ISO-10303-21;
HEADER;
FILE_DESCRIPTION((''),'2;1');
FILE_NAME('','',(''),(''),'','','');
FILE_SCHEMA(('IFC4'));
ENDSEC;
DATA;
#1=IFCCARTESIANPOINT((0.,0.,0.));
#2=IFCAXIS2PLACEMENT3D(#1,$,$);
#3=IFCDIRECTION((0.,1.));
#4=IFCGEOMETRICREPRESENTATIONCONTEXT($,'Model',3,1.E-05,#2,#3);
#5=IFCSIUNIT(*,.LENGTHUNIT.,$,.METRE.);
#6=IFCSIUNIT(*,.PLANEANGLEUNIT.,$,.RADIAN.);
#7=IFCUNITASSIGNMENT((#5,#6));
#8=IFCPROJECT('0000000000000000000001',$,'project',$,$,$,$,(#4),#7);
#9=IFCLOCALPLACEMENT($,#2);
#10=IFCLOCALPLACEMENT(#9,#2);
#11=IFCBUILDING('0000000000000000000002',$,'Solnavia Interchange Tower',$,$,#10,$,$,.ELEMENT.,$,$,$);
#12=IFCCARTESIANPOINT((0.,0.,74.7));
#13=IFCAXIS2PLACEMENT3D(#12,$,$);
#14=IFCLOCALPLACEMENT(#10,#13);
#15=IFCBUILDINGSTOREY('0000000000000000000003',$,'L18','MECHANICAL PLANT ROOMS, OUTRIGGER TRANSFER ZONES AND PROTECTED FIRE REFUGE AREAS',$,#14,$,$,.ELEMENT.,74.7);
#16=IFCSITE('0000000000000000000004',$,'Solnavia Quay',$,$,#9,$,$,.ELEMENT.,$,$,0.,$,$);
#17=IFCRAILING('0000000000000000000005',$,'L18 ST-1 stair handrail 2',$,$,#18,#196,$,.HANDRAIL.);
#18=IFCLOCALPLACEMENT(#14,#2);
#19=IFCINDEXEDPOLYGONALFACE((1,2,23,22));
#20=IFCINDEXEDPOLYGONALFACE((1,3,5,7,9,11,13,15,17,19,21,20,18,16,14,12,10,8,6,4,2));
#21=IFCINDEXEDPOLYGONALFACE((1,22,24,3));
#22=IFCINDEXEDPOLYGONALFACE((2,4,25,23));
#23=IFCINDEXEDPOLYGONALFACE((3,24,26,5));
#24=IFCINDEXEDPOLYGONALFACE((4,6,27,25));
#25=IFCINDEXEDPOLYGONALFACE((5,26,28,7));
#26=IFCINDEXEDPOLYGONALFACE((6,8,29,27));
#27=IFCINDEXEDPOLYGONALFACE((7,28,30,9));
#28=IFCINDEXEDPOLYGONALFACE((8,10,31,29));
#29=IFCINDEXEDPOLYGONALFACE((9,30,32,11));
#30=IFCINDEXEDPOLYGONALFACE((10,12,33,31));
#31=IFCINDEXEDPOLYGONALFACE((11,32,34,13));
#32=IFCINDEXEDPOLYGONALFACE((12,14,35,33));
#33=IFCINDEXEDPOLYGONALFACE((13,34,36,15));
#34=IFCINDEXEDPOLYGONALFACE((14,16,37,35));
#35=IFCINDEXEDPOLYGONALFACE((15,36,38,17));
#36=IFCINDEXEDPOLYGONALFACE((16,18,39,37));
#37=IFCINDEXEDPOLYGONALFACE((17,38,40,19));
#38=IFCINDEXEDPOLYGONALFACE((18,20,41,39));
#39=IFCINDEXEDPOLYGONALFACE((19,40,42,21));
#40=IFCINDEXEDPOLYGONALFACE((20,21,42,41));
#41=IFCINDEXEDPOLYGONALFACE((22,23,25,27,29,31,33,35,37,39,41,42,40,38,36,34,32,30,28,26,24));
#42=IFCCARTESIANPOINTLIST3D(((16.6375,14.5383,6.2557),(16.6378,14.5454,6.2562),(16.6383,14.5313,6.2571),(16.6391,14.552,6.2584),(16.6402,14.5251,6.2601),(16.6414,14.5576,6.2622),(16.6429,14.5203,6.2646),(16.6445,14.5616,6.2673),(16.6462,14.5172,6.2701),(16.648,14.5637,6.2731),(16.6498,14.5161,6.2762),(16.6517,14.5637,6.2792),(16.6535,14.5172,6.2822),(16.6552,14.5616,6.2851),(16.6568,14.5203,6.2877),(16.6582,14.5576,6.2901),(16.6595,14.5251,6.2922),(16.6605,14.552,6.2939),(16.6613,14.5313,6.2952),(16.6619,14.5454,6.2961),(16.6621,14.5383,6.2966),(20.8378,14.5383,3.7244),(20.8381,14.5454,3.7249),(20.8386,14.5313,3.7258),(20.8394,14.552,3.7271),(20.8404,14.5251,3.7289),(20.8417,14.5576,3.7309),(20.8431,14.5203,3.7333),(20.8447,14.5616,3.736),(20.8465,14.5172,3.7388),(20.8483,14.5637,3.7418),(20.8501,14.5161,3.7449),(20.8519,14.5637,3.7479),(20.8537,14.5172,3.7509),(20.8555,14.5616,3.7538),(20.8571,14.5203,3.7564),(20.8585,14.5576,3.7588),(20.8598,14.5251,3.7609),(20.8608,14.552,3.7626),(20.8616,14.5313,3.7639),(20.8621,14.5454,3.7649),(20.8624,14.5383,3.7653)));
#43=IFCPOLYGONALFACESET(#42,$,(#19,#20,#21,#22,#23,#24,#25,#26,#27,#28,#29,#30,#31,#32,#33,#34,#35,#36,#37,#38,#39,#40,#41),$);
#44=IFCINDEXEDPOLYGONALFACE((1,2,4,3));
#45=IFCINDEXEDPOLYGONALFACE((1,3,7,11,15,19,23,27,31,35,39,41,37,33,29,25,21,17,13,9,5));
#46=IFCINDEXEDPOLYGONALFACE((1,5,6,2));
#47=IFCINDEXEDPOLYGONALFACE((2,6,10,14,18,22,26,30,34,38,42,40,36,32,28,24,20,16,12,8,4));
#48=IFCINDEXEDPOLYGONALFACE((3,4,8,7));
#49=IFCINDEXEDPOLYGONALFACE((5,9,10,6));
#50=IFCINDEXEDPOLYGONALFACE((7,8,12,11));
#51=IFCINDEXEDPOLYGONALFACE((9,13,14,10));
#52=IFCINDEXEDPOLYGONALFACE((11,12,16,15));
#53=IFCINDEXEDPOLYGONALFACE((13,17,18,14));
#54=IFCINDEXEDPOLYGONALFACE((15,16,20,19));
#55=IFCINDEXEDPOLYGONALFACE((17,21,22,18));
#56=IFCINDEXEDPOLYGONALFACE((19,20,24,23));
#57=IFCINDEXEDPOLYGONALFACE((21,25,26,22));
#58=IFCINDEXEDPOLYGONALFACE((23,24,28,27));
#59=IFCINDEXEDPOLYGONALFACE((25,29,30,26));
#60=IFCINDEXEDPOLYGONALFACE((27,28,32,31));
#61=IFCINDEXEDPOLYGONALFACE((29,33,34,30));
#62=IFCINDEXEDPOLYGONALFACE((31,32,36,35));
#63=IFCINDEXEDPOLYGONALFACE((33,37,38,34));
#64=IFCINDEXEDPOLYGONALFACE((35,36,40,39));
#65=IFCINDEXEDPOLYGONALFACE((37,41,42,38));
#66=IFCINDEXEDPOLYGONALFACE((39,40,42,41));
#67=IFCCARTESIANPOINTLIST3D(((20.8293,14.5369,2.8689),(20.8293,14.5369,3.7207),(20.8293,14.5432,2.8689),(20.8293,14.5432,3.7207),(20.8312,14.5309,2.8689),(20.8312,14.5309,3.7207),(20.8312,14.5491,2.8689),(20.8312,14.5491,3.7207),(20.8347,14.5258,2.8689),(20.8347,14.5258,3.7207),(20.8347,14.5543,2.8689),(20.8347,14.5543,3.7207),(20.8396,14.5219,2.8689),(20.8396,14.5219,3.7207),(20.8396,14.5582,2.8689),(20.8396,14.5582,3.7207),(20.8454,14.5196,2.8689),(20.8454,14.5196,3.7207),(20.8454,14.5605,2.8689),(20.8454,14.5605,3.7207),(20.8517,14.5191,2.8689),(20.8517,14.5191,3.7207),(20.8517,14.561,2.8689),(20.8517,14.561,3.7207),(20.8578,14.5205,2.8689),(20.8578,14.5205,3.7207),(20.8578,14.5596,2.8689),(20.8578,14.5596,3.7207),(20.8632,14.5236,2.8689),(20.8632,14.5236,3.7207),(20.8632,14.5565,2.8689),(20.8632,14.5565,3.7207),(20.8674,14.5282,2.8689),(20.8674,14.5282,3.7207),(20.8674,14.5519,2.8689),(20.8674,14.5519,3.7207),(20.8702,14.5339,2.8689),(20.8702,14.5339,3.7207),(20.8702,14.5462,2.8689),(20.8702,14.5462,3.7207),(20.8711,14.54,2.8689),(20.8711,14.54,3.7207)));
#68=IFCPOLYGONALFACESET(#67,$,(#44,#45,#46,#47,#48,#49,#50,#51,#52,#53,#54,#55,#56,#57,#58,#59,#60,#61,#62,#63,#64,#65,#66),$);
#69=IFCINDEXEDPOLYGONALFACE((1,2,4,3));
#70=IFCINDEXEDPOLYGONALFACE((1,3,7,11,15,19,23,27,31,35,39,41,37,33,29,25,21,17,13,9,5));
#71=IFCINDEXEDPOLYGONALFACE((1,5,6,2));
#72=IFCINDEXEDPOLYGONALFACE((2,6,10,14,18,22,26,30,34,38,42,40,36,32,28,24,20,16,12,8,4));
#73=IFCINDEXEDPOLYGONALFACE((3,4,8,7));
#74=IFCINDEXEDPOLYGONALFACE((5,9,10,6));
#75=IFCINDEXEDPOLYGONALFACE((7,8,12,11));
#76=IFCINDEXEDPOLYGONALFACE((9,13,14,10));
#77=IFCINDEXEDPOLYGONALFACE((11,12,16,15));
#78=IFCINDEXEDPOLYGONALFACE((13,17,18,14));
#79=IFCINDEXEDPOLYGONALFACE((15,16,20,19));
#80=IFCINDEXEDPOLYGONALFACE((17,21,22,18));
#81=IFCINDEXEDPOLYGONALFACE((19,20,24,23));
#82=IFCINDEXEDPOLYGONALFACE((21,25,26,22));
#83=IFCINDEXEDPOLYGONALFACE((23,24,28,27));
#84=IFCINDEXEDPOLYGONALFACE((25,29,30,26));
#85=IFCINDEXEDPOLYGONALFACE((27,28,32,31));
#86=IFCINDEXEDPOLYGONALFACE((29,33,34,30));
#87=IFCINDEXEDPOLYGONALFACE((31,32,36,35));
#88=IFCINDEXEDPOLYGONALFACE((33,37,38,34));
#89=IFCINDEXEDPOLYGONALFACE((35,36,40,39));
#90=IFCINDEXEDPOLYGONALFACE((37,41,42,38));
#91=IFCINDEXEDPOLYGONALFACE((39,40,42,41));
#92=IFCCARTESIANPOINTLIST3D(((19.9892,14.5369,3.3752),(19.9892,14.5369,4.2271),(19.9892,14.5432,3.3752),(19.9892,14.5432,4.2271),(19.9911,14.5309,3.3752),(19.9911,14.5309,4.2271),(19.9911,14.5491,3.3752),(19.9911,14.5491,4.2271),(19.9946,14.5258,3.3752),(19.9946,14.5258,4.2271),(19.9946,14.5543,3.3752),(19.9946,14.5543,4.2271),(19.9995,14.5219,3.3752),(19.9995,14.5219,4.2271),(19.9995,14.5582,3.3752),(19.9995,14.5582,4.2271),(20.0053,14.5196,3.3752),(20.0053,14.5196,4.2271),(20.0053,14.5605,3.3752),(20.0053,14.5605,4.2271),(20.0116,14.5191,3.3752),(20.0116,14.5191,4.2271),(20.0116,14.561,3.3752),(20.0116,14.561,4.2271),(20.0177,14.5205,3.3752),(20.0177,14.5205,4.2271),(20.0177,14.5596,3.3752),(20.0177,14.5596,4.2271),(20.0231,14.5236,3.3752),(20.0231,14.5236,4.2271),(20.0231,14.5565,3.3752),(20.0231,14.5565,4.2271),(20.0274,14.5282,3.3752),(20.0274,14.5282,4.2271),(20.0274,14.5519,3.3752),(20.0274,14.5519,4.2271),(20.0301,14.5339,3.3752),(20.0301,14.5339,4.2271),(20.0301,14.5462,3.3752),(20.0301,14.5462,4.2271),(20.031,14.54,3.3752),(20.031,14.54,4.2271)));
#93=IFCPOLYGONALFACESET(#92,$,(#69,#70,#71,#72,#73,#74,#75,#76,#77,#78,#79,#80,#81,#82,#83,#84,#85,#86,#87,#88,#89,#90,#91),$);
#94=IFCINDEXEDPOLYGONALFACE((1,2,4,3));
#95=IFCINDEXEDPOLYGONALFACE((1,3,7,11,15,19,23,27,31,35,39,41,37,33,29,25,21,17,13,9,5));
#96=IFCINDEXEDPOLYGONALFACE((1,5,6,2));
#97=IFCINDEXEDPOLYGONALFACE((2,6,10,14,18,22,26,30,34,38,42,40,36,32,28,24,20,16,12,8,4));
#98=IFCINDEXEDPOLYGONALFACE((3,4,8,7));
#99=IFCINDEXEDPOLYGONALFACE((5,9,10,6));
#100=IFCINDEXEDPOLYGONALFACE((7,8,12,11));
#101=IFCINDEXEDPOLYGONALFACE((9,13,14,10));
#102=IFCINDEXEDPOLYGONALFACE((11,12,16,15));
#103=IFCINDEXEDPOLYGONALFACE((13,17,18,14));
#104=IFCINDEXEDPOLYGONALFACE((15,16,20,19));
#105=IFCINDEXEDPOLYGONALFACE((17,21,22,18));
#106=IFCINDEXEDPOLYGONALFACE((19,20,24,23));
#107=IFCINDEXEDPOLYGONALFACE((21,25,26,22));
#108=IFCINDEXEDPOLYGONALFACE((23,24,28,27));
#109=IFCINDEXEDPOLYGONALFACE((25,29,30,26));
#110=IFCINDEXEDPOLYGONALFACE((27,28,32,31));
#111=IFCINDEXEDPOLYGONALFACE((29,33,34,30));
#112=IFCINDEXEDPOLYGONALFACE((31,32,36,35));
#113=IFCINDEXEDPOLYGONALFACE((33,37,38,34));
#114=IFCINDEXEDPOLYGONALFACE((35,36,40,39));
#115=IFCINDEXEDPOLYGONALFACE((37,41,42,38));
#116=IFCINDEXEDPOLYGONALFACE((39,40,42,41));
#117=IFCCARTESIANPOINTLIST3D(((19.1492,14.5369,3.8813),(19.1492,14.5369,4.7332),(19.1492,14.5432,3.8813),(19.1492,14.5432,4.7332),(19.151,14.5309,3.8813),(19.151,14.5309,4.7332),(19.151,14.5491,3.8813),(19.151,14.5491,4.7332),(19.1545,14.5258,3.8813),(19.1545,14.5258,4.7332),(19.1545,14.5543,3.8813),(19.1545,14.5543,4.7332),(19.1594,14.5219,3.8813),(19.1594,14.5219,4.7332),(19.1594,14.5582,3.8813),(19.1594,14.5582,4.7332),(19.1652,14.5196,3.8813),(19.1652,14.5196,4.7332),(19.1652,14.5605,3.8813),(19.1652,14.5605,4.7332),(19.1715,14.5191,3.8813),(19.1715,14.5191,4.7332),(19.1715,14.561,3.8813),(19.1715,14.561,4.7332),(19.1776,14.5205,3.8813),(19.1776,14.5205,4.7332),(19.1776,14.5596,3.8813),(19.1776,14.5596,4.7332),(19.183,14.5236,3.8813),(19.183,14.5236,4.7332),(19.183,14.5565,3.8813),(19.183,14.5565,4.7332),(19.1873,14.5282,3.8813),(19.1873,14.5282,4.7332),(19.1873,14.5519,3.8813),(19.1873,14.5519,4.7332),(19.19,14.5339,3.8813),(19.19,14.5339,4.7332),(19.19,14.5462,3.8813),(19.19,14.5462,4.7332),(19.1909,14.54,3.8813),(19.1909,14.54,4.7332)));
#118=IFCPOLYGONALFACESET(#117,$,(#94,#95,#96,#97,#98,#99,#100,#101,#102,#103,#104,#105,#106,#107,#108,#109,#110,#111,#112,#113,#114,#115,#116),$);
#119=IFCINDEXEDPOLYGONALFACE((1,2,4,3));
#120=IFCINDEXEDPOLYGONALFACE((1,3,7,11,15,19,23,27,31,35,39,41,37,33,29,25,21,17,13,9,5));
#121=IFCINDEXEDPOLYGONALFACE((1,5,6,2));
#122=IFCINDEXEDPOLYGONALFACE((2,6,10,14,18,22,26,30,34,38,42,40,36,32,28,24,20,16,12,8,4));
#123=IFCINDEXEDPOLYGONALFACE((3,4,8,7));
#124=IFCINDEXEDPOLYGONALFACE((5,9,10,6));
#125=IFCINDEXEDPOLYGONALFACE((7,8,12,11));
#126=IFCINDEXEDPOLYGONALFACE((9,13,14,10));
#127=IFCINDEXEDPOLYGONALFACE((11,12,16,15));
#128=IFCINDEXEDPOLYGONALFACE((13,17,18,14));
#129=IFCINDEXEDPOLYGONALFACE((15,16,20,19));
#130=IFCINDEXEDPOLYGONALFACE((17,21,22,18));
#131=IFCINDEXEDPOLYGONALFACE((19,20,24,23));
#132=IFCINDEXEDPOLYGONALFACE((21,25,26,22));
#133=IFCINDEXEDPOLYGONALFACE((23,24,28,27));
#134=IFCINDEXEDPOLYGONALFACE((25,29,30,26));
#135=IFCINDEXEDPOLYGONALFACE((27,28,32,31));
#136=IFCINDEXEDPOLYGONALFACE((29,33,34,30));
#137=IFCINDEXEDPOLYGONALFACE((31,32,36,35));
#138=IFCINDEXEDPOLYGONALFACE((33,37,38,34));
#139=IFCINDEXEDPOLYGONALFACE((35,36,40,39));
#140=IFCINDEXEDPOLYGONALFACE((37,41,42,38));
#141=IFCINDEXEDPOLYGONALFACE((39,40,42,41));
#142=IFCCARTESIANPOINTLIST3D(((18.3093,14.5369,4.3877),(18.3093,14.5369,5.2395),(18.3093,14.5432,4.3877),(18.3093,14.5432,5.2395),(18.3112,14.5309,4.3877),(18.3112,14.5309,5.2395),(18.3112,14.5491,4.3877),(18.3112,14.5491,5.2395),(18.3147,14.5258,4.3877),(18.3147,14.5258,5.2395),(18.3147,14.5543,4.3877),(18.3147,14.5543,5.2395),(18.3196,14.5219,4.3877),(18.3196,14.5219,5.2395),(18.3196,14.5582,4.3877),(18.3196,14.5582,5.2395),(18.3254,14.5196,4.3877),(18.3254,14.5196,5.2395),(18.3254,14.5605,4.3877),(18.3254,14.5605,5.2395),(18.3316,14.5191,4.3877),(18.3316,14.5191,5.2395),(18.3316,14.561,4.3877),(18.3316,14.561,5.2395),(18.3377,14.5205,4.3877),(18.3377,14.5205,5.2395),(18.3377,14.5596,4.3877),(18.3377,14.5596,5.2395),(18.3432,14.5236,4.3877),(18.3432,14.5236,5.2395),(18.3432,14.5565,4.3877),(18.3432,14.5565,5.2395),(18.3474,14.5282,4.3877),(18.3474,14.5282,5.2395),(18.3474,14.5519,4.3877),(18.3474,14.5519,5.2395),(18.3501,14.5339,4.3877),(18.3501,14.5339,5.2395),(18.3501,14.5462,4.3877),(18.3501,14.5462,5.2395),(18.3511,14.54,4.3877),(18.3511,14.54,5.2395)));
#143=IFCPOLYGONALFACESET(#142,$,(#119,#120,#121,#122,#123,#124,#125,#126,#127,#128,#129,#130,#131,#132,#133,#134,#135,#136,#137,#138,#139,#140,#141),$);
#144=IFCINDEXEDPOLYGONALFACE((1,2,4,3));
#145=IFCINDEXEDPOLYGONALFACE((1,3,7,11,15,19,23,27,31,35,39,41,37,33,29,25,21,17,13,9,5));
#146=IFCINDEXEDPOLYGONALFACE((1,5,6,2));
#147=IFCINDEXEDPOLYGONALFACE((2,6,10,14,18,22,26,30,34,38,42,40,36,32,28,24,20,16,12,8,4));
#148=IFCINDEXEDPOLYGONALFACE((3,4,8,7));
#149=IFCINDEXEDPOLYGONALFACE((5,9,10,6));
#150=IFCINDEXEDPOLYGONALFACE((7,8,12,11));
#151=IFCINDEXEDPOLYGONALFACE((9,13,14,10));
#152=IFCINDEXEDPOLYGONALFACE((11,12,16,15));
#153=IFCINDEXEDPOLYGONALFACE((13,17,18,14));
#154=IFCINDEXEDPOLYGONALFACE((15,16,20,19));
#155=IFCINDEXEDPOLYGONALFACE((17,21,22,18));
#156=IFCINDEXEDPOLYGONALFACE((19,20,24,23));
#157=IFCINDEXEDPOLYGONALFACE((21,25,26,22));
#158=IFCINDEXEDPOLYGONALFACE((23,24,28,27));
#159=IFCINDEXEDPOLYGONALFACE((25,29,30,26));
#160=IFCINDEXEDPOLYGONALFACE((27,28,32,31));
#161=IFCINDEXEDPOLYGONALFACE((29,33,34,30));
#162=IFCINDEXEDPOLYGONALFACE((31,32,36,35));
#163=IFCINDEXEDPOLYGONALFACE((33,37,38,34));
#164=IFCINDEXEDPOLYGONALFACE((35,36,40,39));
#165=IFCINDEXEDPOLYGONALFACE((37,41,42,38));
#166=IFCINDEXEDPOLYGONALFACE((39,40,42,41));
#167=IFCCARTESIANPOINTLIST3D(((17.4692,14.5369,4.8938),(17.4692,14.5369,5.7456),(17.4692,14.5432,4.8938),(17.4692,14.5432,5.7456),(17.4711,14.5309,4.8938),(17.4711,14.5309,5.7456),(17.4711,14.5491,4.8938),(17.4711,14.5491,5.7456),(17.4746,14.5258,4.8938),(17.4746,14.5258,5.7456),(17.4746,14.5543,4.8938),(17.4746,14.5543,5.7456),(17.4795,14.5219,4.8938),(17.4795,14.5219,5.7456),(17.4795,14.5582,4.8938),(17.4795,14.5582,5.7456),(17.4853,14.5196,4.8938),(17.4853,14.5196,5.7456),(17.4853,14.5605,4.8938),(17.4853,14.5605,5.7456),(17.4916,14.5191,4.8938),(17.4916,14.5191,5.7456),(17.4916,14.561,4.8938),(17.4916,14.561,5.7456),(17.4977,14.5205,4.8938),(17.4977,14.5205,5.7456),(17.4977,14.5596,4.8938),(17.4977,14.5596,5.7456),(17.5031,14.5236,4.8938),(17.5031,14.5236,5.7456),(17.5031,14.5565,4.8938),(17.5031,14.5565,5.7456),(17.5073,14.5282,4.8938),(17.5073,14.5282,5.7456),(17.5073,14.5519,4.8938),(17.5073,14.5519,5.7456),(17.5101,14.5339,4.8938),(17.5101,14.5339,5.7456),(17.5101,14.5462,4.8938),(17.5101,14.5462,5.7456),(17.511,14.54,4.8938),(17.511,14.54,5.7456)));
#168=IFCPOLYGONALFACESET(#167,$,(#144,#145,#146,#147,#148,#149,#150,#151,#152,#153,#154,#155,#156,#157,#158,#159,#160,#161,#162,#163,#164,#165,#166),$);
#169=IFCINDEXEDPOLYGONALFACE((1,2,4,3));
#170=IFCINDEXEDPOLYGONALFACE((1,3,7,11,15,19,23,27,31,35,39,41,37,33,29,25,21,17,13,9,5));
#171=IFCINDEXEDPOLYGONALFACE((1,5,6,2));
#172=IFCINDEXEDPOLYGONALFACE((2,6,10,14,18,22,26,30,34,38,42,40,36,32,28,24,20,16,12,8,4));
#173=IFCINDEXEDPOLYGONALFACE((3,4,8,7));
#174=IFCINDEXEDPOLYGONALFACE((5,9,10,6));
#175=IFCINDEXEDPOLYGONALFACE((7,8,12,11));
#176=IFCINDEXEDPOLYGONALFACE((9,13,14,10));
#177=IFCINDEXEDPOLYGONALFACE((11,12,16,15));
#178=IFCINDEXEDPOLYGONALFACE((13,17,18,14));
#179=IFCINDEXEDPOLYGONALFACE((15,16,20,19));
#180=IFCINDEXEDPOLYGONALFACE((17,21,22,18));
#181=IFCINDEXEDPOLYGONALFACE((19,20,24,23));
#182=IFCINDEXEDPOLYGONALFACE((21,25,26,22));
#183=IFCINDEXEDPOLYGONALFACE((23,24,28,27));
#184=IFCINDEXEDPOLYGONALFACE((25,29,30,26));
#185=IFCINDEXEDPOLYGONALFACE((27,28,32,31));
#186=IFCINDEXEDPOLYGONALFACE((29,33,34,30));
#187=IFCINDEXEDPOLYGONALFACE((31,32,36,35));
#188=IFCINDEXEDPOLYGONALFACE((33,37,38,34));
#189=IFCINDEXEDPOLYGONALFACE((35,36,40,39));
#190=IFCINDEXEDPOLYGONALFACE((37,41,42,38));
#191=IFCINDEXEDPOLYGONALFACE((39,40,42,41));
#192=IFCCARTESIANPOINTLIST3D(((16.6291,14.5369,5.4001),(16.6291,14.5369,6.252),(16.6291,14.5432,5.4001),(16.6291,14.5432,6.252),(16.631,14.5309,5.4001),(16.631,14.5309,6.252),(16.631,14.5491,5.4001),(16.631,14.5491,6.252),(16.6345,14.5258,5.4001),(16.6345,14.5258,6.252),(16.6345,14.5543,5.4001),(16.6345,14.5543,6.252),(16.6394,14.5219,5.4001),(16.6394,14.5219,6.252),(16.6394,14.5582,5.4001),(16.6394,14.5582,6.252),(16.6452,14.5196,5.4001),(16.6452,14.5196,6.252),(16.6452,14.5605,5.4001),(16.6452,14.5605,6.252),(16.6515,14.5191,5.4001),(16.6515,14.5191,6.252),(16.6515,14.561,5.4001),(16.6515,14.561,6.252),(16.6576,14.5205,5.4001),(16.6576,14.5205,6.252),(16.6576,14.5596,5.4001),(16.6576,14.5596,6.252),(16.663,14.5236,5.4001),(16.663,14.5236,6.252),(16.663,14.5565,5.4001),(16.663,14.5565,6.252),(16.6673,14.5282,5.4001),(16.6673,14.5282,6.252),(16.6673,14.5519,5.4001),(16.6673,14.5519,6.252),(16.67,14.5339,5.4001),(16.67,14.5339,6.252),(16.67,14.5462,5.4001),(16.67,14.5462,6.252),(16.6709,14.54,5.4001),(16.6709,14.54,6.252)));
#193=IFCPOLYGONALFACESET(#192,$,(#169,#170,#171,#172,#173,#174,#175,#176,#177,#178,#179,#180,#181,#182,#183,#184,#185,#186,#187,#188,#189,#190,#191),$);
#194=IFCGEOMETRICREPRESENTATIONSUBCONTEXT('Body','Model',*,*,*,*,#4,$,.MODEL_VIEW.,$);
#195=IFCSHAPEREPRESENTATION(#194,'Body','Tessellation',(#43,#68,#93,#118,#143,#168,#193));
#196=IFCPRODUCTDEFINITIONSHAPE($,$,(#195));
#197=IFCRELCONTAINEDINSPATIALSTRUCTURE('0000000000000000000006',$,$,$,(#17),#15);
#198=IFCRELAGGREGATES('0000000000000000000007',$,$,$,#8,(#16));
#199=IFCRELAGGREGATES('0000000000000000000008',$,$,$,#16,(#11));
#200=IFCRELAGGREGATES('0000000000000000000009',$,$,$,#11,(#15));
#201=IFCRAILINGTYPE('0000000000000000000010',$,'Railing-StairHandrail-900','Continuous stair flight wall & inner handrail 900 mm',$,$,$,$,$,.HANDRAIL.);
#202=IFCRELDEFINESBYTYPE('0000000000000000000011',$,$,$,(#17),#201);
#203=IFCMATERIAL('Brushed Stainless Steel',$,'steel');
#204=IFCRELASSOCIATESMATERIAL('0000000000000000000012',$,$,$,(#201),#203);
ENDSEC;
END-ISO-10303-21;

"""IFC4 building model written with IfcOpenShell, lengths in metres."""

from ifc_helpers import new_model, si_unit, direction, frame, origin, origin_2d, place, context, subcontext, project, spatial, circle, extrude, material, type_object, element, save


model = new_model("IFC4")

# Units and contexts
model_context = context("Model", 3, precision=1e-05, world=origin(), true_north=direction((0.0, 1.0)))
body_context = subcontext(model_context, "Body", "Model", "MODEL_VIEW")
ifc_project = project(units=[si_unit("LENGTHUNIT", "METRE"), si_unit("PLANEANGLEUNIT", "RADIAN")], contexts=[model_context])

# Site, building, storey
site_placement = place(None, origin())
site = spatial("IfcSite", under=ifc_project, at=site_placement, Name="Solnavia Quay", CompositionType="ELEMENT", RefElevation=0.0)
building_placement = place(site_placement, origin())
building = spatial("IfcBuilding", under=site, at=building_placement, Name="Solnavia Interchange Tower", CompositionType="ELEMENT")
storey_placement = place(building_placement, frame((0.0, 0.0, 74.7)))
storey = spatial("IfcBuildingStorey", under=building, at=storey_placement, Name="L18", Description="MECHANICAL PLANT ROOMS, OUTRIGGER TRANSFER ZONES AND PROTECTED FIRE REFUGE AREAS", CompositionType="ELEMENT", Elevation=74.7)

# Railing
ifc_material_1 = material(Name="Brushed Stainless Steel", Category="steel")
railing_type_1 = type_object("IfcRailingType", Name="Railing-StairHandrail-900", Description="Continuous stair flight wall & inner handrail 900 mm", PredefinedType="HANDRAIL", material=ifc_material_1)
railing_1_placement = place(storey_placement, frame((20.8501, 14.54, 2.8689)))
element("IfcRailing", 1, at=railing_1_placement, inside=storey, type_object=railing_type_1, Name="L18 ST-1 stair handrail 2", PredefinedType="HANDRAIL", context=body_context, shape_type="SweptSolid", body=[
    extrude(circle(Radius=0.0239, at=origin_2d()), frame((0.0, 0.0, 0.876), z_axis=(-0.85649, 0.0, 0.516164), x_axis=(0.0, -1.0, 0.0)), (0.0, 0.0, 1.0), 4.9041),
    extrude(circle(Radius=0.021, at=origin_2d()), origin(), (0.0, 0.0, 1.0), 0.8518),
    extrude(circle(Radius=0.021, at=origin_2d()), frame((-0.8401, 0.0, 0.5063)), (0.0, 0.0, 1.0), 0.8518),
    extrude(circle(Radius=0.021, at=origin_2d()), frame((-1.6802, 0.0, 1.0125)), (0.0, 0.0, 1.0), 0.8518),
    extrude(circle(Radius=0.021, at=origin_2d()), frame((-2.52, 0.0, 1.5188)), (0.0, 0.0, 1.0), 0.8518),
    extrude(circle(Radius=0.021, at=origin_2d()), frame((-3.3601, 0.0, 2.0249)), (0.0, 0.0, 1.0), 0.8518),
    extrude(circle(Radius=0.021, at=origin_2d()), frame((-4.2002, 0.0, 2.5312)), (0.0, 0.0, 1.0), 0.8518),
])

save(model, "model.ifc")
